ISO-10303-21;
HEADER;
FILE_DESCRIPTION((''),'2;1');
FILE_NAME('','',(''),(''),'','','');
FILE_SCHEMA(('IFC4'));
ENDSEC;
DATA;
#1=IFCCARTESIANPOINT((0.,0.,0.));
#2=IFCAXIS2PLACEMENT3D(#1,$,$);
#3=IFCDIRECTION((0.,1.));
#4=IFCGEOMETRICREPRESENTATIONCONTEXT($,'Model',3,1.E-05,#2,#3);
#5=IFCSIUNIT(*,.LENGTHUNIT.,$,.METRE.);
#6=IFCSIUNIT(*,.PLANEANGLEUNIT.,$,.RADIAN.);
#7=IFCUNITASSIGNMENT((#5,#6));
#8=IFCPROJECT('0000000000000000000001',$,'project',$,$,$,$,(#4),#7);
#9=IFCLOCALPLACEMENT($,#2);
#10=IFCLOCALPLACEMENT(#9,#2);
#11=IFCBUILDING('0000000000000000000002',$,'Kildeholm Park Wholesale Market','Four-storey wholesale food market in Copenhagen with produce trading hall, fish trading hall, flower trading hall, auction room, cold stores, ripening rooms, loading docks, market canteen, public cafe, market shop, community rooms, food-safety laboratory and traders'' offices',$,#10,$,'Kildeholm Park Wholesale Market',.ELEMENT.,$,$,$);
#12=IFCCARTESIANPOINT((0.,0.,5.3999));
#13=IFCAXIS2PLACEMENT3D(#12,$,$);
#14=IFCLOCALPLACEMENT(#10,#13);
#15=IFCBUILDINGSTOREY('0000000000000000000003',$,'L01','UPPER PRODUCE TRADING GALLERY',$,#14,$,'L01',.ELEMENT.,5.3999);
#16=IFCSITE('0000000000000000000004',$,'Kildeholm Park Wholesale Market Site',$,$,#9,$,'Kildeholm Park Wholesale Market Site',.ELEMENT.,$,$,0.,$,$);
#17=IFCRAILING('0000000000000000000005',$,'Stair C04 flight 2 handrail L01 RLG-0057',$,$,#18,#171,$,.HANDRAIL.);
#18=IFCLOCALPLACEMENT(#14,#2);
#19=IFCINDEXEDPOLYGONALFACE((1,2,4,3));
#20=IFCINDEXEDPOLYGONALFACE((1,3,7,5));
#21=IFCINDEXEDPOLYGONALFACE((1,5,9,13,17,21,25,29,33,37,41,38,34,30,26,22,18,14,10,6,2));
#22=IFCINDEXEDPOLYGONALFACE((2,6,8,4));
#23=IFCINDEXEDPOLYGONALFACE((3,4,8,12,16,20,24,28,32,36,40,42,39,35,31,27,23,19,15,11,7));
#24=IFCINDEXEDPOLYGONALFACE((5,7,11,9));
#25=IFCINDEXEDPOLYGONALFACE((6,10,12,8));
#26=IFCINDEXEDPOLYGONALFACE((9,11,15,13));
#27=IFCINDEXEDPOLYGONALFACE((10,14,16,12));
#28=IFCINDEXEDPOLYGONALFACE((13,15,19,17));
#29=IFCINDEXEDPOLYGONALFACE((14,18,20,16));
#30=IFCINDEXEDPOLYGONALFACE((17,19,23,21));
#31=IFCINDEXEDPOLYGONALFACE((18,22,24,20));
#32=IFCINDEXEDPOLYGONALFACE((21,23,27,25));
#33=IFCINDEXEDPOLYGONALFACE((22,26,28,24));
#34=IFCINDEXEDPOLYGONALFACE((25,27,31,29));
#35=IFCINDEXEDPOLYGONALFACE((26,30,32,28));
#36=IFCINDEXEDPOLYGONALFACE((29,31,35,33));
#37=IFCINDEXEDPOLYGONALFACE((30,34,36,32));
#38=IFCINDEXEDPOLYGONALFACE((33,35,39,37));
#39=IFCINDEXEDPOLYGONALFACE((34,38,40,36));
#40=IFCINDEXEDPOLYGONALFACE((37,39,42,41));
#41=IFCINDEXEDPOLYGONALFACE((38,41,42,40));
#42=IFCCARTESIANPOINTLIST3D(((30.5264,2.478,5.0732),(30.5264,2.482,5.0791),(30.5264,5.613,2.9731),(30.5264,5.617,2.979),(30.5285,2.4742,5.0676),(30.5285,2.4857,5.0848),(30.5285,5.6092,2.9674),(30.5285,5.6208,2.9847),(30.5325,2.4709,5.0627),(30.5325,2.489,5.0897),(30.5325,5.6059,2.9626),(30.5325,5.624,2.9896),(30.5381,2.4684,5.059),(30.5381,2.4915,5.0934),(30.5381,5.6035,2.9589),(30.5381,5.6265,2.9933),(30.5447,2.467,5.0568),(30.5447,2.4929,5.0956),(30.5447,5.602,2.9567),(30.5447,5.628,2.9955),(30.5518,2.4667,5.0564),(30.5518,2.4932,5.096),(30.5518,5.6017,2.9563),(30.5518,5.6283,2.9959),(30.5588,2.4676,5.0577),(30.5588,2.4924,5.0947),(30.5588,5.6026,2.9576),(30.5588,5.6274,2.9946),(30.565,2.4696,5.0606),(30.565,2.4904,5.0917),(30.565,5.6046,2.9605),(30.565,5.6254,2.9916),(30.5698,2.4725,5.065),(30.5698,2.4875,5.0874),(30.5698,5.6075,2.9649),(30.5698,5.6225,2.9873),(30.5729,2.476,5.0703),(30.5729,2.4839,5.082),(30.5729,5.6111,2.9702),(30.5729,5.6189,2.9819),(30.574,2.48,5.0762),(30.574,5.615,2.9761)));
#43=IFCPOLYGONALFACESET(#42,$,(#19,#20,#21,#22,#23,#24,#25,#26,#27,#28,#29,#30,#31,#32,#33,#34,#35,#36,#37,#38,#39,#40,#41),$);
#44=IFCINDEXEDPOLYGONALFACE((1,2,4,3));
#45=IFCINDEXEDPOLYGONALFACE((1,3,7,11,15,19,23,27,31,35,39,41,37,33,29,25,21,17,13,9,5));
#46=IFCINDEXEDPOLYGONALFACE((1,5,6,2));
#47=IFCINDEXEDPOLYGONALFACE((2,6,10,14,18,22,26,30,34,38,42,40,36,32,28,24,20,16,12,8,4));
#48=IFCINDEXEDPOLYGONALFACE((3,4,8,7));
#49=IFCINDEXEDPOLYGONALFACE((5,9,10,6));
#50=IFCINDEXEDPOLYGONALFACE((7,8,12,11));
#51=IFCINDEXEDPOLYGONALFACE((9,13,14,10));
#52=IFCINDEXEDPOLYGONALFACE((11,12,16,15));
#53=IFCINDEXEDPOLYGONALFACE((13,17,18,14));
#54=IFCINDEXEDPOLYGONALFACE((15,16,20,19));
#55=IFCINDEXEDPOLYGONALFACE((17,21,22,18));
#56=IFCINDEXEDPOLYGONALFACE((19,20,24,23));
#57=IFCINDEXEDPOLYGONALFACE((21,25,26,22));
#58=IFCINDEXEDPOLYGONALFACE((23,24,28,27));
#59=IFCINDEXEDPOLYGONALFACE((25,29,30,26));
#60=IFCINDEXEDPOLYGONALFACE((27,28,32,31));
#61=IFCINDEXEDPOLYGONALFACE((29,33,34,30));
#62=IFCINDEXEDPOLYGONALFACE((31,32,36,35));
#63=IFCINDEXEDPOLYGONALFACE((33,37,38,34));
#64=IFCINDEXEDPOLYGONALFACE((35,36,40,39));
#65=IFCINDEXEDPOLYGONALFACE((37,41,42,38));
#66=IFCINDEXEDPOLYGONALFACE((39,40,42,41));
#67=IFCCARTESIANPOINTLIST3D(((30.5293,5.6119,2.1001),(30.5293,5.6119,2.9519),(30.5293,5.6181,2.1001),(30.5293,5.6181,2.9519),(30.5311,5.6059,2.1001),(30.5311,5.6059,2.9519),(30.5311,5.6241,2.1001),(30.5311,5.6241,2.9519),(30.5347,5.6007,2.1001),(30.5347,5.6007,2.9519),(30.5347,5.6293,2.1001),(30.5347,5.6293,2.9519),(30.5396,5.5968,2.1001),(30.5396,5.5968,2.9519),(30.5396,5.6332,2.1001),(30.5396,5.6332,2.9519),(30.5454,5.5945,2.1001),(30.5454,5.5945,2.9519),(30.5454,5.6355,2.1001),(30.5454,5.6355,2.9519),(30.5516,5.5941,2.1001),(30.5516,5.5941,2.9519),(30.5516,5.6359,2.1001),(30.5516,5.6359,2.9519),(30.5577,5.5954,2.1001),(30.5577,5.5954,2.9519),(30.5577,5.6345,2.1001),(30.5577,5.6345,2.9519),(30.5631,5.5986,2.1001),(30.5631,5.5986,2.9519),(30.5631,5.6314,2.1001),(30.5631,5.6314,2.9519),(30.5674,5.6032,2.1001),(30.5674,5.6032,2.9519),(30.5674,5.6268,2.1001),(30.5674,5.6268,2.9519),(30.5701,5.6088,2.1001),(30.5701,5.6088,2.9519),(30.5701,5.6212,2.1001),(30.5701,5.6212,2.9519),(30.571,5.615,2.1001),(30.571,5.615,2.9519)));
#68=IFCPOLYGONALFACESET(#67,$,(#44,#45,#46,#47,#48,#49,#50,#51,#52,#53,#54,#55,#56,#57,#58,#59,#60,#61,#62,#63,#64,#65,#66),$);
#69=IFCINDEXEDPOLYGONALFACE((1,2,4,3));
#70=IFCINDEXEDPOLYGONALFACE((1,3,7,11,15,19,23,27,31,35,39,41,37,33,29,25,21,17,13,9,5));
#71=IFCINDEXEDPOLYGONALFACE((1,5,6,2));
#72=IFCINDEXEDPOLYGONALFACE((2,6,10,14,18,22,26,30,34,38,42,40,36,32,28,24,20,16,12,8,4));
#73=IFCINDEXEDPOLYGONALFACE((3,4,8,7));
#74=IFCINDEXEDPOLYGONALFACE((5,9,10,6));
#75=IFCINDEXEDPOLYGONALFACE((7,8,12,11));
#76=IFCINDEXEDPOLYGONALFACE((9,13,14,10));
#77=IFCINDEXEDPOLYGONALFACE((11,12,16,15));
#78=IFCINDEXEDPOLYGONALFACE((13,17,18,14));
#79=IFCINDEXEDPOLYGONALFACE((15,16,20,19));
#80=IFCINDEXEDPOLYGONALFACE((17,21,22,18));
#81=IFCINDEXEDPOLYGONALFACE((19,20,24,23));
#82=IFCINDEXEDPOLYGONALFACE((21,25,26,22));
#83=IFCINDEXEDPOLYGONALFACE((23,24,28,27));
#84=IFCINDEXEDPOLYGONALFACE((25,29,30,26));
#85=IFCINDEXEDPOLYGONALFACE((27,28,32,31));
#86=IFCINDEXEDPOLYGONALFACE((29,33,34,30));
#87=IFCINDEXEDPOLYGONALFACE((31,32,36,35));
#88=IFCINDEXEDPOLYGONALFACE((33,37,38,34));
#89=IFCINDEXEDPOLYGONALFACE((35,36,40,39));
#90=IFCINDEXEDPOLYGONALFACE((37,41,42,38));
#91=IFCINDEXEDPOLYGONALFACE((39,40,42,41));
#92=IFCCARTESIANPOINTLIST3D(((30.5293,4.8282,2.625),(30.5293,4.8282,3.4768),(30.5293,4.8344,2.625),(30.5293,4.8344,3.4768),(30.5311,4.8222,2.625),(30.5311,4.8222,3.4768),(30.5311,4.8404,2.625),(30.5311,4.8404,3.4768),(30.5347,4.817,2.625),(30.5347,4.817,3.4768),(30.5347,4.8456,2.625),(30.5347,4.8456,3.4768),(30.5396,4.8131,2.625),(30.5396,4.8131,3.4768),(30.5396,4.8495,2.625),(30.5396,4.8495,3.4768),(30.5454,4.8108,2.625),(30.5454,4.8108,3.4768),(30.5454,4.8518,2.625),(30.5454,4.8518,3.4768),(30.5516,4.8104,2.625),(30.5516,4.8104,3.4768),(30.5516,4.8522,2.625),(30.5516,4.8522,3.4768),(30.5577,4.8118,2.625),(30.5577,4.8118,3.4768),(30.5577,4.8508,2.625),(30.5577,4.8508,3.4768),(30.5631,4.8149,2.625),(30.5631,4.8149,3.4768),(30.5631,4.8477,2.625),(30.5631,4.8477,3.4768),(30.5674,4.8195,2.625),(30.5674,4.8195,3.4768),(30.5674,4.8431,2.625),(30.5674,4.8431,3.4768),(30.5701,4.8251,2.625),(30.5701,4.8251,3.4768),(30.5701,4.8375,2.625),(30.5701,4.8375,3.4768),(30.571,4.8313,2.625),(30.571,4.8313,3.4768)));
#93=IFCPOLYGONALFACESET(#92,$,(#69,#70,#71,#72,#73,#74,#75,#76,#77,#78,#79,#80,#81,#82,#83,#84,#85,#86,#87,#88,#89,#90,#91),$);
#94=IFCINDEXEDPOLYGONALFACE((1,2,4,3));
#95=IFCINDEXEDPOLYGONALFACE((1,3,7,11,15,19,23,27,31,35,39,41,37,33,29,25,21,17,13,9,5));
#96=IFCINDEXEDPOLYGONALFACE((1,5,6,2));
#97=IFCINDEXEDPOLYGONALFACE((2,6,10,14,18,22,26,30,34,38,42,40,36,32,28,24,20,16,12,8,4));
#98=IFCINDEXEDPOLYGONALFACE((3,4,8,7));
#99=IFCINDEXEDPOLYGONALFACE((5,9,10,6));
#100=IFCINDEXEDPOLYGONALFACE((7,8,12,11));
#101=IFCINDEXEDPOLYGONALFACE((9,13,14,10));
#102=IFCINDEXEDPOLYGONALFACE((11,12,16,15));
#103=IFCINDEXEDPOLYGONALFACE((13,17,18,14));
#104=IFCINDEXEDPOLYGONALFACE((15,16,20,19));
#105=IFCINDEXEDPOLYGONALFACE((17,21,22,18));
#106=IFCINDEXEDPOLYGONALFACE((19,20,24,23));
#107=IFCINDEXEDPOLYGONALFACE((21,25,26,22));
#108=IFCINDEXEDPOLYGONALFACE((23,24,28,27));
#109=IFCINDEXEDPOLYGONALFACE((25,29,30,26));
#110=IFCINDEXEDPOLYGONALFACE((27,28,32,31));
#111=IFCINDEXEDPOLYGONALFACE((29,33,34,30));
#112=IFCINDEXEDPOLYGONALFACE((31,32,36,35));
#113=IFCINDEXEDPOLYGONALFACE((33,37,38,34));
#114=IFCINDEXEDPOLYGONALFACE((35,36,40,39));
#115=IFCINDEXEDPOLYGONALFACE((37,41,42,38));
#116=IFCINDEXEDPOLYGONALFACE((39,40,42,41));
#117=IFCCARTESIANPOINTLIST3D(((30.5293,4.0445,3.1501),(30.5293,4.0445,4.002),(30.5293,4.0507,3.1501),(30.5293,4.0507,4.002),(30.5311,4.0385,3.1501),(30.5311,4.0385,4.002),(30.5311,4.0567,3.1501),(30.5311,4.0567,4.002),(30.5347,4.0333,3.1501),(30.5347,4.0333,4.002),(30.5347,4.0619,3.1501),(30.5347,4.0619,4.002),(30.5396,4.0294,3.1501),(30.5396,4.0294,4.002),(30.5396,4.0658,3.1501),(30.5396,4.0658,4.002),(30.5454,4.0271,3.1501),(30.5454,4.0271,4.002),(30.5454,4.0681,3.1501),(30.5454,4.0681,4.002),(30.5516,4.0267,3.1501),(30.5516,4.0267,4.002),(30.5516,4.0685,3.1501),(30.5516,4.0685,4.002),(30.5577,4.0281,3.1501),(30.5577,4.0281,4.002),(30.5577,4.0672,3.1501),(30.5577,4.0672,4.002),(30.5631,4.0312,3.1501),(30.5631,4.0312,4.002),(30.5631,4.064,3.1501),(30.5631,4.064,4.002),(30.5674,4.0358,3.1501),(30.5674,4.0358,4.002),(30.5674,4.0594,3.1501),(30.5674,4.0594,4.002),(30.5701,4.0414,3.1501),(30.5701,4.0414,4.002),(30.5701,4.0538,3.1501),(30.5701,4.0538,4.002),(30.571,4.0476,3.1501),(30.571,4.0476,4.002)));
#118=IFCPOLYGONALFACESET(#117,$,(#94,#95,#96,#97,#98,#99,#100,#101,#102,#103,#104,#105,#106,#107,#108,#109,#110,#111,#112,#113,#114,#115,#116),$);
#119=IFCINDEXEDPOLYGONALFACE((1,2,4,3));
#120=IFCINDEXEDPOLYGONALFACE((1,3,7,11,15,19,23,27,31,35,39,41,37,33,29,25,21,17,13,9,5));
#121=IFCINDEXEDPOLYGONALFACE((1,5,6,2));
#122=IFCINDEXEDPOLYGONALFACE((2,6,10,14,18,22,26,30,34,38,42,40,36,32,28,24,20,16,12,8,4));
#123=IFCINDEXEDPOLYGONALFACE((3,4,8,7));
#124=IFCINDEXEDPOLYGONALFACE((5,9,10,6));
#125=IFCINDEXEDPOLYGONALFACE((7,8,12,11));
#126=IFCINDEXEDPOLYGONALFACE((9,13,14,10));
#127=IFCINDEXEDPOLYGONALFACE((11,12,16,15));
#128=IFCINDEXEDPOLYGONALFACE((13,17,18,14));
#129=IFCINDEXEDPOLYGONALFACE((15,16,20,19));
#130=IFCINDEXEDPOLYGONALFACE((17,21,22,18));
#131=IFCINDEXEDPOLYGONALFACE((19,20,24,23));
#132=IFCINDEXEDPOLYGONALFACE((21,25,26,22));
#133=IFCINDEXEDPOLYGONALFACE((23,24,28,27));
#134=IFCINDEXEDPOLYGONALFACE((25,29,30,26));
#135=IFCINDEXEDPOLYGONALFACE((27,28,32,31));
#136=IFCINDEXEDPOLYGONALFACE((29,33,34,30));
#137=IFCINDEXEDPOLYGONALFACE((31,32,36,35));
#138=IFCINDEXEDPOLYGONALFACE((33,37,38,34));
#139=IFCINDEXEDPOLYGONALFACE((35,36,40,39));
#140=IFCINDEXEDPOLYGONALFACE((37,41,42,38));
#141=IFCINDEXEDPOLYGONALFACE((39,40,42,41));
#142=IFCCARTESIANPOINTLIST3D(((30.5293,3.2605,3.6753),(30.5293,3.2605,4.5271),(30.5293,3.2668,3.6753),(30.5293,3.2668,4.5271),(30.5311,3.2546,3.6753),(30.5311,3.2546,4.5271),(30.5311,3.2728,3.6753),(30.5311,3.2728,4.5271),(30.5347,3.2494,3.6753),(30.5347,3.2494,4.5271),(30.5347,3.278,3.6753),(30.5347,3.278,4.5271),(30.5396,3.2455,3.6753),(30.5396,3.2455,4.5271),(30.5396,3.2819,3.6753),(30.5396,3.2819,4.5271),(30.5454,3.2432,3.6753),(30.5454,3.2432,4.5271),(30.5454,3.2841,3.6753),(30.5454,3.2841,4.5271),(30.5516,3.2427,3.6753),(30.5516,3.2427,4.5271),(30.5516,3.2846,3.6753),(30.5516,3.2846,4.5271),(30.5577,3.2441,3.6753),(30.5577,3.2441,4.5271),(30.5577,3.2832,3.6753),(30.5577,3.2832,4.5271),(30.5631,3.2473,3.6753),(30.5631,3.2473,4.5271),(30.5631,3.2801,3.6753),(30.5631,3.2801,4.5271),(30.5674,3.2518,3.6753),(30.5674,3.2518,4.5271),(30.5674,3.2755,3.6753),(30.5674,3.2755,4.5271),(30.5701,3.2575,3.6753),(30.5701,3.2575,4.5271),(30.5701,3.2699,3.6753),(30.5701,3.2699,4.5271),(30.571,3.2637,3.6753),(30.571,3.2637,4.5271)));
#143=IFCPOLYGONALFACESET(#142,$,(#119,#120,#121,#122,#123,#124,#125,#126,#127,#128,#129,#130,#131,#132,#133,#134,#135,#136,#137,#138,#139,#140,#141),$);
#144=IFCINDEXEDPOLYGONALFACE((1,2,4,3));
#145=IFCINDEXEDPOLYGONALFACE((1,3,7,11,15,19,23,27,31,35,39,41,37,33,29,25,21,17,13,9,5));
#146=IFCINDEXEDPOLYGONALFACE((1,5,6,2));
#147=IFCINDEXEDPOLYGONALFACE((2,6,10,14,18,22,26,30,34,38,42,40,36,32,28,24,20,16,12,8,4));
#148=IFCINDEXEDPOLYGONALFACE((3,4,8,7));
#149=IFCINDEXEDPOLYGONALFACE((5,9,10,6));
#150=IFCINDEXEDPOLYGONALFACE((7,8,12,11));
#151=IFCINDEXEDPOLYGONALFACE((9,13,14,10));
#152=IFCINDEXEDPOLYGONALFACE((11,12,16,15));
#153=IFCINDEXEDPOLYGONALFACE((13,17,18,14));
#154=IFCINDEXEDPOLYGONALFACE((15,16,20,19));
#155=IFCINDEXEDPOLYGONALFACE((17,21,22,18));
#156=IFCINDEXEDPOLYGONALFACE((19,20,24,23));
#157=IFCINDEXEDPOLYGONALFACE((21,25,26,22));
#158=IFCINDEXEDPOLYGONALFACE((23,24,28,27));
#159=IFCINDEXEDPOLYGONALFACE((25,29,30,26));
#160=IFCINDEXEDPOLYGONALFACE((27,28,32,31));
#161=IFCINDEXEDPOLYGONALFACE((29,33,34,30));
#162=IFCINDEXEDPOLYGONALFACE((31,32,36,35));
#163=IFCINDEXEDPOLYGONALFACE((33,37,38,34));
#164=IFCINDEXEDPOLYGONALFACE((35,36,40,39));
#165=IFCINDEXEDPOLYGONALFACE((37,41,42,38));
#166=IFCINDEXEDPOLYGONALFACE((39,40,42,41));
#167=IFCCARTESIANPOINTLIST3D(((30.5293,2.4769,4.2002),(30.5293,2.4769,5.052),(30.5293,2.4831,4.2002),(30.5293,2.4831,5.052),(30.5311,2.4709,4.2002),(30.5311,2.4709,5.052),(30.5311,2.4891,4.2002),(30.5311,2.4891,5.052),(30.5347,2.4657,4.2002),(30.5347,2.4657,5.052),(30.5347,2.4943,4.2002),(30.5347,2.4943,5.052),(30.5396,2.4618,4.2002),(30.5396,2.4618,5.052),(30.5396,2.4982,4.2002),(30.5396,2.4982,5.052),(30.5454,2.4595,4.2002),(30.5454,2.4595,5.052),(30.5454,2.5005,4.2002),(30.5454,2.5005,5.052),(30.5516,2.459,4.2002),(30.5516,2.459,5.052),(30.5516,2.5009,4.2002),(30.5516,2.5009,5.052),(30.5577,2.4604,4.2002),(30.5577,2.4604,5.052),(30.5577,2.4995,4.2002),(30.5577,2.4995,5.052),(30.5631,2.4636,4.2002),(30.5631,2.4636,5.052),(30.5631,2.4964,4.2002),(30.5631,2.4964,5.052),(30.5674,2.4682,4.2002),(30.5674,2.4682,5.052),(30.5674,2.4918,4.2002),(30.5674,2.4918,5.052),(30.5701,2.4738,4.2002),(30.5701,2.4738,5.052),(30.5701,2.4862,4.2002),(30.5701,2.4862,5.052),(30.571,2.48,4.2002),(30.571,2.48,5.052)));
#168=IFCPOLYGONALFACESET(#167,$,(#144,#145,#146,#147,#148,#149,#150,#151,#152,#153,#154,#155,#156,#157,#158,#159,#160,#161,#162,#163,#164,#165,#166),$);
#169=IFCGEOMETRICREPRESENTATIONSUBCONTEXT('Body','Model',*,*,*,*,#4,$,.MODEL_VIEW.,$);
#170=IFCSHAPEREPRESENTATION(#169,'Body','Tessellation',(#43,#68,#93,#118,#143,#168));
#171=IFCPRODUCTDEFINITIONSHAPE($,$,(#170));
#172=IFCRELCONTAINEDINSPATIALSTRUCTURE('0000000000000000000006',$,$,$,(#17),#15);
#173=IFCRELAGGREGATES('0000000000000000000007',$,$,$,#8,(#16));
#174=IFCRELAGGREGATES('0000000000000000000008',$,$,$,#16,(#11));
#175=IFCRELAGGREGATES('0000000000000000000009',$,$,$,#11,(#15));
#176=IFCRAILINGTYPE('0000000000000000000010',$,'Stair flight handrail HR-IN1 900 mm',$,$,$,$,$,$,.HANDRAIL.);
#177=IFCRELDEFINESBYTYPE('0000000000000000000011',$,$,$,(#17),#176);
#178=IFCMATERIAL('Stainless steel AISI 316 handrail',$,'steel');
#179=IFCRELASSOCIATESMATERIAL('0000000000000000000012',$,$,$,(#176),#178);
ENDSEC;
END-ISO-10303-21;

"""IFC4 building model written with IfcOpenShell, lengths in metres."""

from ifc_helpers import new_model, si_unit, direction, frame, origin, origin_2d, place, context, subcontext, project, spatial, circle, extrude, material, type_object, element, save


model = new_model("IFC4")

# Units and contexts
model_context = context("Model", 3, precision=1e-05, world=origin(), true_north=direction((0.0, 1.0)))
body_context = subcontext(model_context, "Body", "Model", "MODEL_VIEW")
ifc_project = project(units=[si_unit("LENGTHUNIT", "METRE"), si_unit("PLANEANGLEUNIT", "RADIAN")], contexts=[model_context])

# Site, building, storey
site_placement = place(None, origin())
site = spatial("IfcSite", under=ifc_project, at=site_placement, Name="Kildeholm Park Wholesale Market Site", LongName="Kildeholm Park Wholesale Market Site", CompositionType="ELEMENT", RefElevation=0.0)
building_placement = place(site_placement, origin())
building = spatial("IfcBuilding", under=site, at=building_placement, Name="Kildeholm Park Wholesale Market", Description="Four-storey wholesale food market in Copenhagen with produce trading hall, fish trading hall, flower trading hall, auction room, cold stores, ripening rooms, loading docks, market canteen, public cafe, market shop, community rooms, food-safety laboratory and traders' offices", LongName="Kildeholm Park Wholesale Market", CompositionType="ELEMENT")
storey_placement = place(building_placement, frame((0.0, 0.0, 5.3999)))
storey = spatial("IfcBuildingStorey", under=building, at=storey_placement, Name="L01", Description="UPPER PRODUCE TRADING GALLERY", LongName="L01", CompositionType="ELEMENT", Elevation=5.3999)

# Railing
ifc_material_1 = material(Name="Stainless steel AISI 316 handrail", Category="steel")
railing_type_1 = type_object("IfcRailingType", Name="Stair flight handrail HR-IN1 900 mm", PredefinedType="HANDRAIL", material=ifc_material_1)
railing_1_placement = place(storey_placement, frame((30.55, 5.615, 2.1001)))
element("IfcRailing", 1, at=railing_1_placement, inside=storey, type_object=railing_type_1, Name="Stair C04 flight 2 handrail L01 RLG-0057", PredefinedType="HANDRAIL", context=body_context, shape_type="SweptSolid", body=[
    extrude(circle(Radius=0.0239, at=origin_2d()), frame((0.0, 0.0, 0.876), z_axis=(0.0, -0.830814, 0.55655), x_axis=(1.0, 0.0, 0.0)), (0.0, 0.0, 1.0), 3.7734),
    extrude(circle(Radius=0.021, at=origin_2d()), origin(), (0.0, 0.0, 1.0), 0.8518),
    extrude(circle(Radius=0.021, at=origin_2d()), frame((0.0, -0.7837, 0.5249)), (0.0, 0.0, 1.0), 0.8518),
    extrude(circle(Radius=0.021, at=origin_2d()), frame((0.0, -1.5674, 1.05)), (0.0, 0.0, 1.0), 0.8518),
    extrude(circle(Radius=0.021, at=origin_2d()), frame((0.0, -2.3513, 1.5752)), (0.0, 0.0, 1.0), 0.8518),
    extrude(circle(Radius=0.021, at=origin_2d()), frame((0.0, -3.135, 2.1001)), (0.0, 0.0, 1.0), 0.8518),
])

save(model, "model.ifc")
